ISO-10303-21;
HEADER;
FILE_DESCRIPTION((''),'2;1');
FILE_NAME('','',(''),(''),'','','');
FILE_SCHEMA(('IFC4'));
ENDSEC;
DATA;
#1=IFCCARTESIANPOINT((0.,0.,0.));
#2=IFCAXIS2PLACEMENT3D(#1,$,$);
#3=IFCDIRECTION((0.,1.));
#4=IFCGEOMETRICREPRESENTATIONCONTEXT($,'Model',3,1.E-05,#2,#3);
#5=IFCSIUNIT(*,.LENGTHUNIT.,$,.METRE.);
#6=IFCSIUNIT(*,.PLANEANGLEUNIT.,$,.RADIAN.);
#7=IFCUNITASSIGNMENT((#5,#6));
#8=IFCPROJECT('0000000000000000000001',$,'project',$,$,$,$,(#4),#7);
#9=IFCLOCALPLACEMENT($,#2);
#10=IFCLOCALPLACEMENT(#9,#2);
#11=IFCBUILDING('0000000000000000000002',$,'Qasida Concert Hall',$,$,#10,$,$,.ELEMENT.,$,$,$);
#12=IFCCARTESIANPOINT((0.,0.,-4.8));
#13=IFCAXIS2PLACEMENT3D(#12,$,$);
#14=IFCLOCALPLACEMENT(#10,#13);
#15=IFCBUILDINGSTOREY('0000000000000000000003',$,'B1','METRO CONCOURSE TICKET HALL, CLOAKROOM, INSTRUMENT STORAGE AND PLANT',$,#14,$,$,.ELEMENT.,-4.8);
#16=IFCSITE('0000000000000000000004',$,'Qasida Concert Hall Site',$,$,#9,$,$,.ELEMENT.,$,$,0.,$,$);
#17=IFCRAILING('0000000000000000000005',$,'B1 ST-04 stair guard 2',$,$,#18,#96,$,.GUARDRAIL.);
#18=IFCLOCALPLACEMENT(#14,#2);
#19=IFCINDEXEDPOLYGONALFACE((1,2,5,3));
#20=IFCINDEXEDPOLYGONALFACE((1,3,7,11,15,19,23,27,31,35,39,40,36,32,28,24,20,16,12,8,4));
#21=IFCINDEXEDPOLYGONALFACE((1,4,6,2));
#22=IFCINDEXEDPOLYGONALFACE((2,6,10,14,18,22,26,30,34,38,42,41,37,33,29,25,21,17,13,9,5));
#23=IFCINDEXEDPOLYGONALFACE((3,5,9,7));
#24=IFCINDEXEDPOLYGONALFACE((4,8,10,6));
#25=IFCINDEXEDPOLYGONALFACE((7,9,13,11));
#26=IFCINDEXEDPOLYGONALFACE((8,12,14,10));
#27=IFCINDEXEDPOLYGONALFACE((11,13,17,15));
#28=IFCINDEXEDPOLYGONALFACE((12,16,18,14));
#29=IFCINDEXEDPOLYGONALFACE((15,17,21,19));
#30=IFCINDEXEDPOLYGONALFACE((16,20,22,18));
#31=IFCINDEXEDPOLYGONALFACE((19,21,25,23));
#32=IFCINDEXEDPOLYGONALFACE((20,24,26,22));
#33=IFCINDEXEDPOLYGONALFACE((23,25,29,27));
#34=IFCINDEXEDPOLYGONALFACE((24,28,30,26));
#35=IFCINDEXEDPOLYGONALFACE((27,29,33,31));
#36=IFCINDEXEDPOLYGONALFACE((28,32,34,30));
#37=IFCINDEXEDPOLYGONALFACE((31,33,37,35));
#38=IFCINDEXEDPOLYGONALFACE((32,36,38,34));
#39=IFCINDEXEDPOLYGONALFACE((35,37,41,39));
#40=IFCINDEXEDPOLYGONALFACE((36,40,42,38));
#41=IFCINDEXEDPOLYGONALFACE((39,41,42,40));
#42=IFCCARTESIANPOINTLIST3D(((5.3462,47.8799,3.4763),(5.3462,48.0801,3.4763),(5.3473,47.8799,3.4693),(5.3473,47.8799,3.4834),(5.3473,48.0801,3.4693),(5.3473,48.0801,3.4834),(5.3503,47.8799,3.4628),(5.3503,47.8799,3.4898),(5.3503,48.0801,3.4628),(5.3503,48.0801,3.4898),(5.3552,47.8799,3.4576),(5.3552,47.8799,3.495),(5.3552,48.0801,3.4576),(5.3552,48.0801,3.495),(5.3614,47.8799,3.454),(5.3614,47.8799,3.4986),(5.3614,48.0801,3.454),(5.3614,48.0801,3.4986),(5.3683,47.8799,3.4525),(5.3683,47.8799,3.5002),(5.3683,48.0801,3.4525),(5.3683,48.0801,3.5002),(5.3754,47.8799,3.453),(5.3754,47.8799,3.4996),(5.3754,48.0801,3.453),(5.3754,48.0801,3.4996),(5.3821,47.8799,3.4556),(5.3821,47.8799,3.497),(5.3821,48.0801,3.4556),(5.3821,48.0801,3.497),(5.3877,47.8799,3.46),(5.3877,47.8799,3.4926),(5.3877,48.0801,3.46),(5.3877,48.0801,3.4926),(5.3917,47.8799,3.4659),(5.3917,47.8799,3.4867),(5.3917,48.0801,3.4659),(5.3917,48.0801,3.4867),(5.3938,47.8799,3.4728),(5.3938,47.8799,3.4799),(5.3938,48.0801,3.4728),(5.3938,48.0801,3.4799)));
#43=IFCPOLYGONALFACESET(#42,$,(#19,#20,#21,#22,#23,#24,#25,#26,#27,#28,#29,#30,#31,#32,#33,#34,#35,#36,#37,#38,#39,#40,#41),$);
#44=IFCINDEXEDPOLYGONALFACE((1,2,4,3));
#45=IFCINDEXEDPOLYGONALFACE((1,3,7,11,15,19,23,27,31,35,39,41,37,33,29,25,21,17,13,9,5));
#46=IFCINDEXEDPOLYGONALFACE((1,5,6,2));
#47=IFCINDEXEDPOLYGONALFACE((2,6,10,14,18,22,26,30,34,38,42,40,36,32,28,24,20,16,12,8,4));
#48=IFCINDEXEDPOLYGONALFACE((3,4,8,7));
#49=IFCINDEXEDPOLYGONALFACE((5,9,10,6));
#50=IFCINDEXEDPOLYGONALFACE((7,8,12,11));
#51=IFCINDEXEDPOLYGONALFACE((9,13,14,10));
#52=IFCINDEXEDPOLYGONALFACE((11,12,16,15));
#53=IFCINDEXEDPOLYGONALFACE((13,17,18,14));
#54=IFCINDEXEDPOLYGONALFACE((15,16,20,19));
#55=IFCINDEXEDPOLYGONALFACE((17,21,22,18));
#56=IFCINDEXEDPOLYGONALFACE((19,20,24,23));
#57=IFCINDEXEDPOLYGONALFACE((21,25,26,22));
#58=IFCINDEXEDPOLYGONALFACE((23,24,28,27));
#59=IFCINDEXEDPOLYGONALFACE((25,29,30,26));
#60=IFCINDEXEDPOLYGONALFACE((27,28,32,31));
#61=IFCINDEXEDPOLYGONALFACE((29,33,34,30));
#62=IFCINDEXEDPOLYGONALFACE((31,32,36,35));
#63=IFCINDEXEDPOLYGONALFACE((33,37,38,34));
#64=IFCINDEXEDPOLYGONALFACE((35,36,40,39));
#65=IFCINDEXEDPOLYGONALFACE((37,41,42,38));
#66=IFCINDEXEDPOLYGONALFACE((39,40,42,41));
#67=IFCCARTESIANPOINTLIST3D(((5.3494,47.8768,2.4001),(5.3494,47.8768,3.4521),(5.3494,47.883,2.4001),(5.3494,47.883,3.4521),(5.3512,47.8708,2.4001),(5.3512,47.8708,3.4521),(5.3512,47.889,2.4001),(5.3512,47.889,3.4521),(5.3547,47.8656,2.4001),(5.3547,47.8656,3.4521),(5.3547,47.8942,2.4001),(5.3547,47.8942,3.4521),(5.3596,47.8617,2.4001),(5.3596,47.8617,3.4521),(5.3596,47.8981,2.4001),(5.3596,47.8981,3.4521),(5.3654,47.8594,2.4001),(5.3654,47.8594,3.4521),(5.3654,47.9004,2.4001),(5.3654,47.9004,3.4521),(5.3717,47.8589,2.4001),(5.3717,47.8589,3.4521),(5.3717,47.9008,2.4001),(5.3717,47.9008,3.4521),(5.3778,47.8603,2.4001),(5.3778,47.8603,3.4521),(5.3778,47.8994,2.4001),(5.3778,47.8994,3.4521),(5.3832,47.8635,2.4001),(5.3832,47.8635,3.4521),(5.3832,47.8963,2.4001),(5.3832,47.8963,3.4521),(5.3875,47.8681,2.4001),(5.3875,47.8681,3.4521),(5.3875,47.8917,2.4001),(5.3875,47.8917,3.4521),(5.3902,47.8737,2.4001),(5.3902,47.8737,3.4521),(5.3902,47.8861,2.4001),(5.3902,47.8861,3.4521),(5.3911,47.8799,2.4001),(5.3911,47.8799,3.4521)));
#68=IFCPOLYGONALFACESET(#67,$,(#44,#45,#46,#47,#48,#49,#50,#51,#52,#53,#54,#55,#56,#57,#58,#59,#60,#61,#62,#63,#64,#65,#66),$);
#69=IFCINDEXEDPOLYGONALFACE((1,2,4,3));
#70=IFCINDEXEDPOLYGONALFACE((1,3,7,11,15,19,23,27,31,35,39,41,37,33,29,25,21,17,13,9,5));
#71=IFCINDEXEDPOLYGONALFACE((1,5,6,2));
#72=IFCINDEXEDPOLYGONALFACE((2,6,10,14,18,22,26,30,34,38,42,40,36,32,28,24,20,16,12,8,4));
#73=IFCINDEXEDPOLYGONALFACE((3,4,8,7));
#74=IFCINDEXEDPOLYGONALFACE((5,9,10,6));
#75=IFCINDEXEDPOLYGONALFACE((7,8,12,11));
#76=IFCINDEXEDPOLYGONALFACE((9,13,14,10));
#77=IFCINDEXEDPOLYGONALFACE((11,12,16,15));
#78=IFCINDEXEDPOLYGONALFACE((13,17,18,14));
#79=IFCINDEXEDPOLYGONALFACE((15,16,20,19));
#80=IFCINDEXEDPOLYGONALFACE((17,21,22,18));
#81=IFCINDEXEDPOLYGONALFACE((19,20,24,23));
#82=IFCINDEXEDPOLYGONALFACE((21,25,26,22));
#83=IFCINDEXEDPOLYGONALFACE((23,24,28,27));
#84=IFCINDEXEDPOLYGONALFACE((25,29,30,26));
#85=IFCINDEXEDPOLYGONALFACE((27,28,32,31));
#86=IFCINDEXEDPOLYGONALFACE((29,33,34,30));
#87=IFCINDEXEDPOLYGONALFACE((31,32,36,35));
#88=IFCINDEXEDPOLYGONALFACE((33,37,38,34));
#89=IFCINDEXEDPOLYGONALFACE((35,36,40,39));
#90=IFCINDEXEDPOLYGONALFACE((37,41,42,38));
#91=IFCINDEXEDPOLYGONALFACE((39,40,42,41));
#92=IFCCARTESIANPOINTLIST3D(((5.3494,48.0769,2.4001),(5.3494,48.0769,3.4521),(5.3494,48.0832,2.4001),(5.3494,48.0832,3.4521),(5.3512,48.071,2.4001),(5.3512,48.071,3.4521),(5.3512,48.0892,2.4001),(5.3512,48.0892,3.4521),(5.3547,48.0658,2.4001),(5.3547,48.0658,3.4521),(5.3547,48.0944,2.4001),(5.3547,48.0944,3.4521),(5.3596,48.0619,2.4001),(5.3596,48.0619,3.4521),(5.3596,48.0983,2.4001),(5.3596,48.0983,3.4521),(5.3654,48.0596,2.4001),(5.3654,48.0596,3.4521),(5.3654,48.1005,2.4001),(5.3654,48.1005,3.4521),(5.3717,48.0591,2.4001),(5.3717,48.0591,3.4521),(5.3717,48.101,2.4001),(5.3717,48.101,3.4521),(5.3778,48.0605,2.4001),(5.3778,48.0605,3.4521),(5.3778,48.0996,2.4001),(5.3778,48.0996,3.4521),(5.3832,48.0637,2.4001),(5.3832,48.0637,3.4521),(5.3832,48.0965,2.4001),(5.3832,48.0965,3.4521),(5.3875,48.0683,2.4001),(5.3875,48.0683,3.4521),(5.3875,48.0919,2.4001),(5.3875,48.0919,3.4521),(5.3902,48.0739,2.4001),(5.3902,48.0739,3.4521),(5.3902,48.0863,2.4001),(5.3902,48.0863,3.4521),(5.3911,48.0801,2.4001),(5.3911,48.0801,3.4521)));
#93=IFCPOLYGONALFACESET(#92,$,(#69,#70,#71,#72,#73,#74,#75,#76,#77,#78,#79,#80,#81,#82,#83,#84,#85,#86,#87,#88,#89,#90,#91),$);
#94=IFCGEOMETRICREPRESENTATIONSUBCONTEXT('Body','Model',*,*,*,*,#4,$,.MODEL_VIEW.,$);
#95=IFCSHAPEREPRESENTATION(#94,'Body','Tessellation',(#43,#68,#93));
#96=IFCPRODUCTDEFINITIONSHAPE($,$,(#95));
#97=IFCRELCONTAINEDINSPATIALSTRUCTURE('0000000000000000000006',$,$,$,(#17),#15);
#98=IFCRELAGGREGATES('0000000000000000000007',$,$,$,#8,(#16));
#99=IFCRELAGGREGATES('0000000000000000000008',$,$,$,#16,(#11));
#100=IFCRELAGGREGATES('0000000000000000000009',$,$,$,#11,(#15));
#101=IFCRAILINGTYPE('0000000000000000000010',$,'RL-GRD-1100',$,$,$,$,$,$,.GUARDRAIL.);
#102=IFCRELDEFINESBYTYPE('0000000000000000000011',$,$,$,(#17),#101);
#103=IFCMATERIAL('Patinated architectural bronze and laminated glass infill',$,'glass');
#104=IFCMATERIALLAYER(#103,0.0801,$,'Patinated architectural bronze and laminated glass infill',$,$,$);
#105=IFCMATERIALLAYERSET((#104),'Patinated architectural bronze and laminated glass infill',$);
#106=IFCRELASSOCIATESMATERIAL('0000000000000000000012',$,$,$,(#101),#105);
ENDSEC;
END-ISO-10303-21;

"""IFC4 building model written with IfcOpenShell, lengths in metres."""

from ifc_helpers import new_model, si_unit, direction, frame, origin, origin_2d, place, context, subcontext, project, spatial, circle, extrude, material, layer, layer_set, type_object, element, save


model = new_model("IFC4")

# Units and contexts
model_context = context("Model", 3, precision=1e-05, world=origin(), true_north=direction((0.0, 1.0)))
body_context = subcontext(model_context, "Body", "Model", "MODEL_VIEW")
ifc_project = project(units=[si_unit("LENGTHUNIT", "METRE"), si_unit("PLANEANGLEUNIT", "RADIAN")], contexts=[model_context])

# Site, building, storey
site_placement = place(None, origin())
site = spatial("IfcSite", under=ifc_project, at=site_placement, Name="Qasida Concert Hall Site", CompositionType="ELEMENT", RefElevation=0.0)
building_placement = place(site_placement, origin())
building = spatial("IfcBuilding", under=site, at=building_placement, Name="Qasida Concert Hall", CompositionType="ELEMENT")
storey_placement = place(building_placement, frame((0.0, 0.0, -4.8)))
storey = spatial("IfcBuildingStorey", under=building, at=storey_placement, Name="B1", Description="METRO CONCOURSE TICKET HALL, CLOAKROOM, INSTRUMENT STORAGE AND PLANT", CompositionType="ELEMENT", Elevation=-4.8)

# Railing
ifc_material_1 = material(Name="Patinated architectural bronze and laminated glass infill", Category="glass")
ifc_layer_1 = layer(ifc_material_1, 0.0801, Name="Patinated architectural bronze and laminated glass infill")
ifc_layer_set_1 = layer_set([ifc_layer_1], Name="Patinated architectural bronze and laminated glass infill")
railing_type_1 = type_object("IfcRailingType", Name="RL-GRD-1100", PredefinedType="GUARDRAIL", material=ifc_layer_set_1)
railing_1_placement = place(storey_placement, frame((5.3701, 47.8799, 2.4001)))
element("IfcRailing", 1, at=railing_1_placement, inside=storey, type_object=railing_type_1, Name="B1 ST-04 stair guard 2", PredefinedType="GUARDRAIL", context=body_context, shape_type="SweptSolid", body=[
    extrude(circle(Radius=0.0239, at=origin_2d()), frame((0.0, 0.0, 1.0762), z_axis=(0.0, 1.0, 0.0), x_axis=(-1.0, 0.0, 0.0)), (0.0, 0.0, 1.0), 0.2002),
    extrude(circle(Radius=0.021, at=origin_2d()), origin(), (0.0, 0.0, 1.0), 1.052),
    extrude(circle(Radius=0.021, at=origin_2d()), frame((0.0, 0.2002, 0.0)), (0.0, 0.0, 1.0), 1.052),
])

save(model, "model.ifc")
